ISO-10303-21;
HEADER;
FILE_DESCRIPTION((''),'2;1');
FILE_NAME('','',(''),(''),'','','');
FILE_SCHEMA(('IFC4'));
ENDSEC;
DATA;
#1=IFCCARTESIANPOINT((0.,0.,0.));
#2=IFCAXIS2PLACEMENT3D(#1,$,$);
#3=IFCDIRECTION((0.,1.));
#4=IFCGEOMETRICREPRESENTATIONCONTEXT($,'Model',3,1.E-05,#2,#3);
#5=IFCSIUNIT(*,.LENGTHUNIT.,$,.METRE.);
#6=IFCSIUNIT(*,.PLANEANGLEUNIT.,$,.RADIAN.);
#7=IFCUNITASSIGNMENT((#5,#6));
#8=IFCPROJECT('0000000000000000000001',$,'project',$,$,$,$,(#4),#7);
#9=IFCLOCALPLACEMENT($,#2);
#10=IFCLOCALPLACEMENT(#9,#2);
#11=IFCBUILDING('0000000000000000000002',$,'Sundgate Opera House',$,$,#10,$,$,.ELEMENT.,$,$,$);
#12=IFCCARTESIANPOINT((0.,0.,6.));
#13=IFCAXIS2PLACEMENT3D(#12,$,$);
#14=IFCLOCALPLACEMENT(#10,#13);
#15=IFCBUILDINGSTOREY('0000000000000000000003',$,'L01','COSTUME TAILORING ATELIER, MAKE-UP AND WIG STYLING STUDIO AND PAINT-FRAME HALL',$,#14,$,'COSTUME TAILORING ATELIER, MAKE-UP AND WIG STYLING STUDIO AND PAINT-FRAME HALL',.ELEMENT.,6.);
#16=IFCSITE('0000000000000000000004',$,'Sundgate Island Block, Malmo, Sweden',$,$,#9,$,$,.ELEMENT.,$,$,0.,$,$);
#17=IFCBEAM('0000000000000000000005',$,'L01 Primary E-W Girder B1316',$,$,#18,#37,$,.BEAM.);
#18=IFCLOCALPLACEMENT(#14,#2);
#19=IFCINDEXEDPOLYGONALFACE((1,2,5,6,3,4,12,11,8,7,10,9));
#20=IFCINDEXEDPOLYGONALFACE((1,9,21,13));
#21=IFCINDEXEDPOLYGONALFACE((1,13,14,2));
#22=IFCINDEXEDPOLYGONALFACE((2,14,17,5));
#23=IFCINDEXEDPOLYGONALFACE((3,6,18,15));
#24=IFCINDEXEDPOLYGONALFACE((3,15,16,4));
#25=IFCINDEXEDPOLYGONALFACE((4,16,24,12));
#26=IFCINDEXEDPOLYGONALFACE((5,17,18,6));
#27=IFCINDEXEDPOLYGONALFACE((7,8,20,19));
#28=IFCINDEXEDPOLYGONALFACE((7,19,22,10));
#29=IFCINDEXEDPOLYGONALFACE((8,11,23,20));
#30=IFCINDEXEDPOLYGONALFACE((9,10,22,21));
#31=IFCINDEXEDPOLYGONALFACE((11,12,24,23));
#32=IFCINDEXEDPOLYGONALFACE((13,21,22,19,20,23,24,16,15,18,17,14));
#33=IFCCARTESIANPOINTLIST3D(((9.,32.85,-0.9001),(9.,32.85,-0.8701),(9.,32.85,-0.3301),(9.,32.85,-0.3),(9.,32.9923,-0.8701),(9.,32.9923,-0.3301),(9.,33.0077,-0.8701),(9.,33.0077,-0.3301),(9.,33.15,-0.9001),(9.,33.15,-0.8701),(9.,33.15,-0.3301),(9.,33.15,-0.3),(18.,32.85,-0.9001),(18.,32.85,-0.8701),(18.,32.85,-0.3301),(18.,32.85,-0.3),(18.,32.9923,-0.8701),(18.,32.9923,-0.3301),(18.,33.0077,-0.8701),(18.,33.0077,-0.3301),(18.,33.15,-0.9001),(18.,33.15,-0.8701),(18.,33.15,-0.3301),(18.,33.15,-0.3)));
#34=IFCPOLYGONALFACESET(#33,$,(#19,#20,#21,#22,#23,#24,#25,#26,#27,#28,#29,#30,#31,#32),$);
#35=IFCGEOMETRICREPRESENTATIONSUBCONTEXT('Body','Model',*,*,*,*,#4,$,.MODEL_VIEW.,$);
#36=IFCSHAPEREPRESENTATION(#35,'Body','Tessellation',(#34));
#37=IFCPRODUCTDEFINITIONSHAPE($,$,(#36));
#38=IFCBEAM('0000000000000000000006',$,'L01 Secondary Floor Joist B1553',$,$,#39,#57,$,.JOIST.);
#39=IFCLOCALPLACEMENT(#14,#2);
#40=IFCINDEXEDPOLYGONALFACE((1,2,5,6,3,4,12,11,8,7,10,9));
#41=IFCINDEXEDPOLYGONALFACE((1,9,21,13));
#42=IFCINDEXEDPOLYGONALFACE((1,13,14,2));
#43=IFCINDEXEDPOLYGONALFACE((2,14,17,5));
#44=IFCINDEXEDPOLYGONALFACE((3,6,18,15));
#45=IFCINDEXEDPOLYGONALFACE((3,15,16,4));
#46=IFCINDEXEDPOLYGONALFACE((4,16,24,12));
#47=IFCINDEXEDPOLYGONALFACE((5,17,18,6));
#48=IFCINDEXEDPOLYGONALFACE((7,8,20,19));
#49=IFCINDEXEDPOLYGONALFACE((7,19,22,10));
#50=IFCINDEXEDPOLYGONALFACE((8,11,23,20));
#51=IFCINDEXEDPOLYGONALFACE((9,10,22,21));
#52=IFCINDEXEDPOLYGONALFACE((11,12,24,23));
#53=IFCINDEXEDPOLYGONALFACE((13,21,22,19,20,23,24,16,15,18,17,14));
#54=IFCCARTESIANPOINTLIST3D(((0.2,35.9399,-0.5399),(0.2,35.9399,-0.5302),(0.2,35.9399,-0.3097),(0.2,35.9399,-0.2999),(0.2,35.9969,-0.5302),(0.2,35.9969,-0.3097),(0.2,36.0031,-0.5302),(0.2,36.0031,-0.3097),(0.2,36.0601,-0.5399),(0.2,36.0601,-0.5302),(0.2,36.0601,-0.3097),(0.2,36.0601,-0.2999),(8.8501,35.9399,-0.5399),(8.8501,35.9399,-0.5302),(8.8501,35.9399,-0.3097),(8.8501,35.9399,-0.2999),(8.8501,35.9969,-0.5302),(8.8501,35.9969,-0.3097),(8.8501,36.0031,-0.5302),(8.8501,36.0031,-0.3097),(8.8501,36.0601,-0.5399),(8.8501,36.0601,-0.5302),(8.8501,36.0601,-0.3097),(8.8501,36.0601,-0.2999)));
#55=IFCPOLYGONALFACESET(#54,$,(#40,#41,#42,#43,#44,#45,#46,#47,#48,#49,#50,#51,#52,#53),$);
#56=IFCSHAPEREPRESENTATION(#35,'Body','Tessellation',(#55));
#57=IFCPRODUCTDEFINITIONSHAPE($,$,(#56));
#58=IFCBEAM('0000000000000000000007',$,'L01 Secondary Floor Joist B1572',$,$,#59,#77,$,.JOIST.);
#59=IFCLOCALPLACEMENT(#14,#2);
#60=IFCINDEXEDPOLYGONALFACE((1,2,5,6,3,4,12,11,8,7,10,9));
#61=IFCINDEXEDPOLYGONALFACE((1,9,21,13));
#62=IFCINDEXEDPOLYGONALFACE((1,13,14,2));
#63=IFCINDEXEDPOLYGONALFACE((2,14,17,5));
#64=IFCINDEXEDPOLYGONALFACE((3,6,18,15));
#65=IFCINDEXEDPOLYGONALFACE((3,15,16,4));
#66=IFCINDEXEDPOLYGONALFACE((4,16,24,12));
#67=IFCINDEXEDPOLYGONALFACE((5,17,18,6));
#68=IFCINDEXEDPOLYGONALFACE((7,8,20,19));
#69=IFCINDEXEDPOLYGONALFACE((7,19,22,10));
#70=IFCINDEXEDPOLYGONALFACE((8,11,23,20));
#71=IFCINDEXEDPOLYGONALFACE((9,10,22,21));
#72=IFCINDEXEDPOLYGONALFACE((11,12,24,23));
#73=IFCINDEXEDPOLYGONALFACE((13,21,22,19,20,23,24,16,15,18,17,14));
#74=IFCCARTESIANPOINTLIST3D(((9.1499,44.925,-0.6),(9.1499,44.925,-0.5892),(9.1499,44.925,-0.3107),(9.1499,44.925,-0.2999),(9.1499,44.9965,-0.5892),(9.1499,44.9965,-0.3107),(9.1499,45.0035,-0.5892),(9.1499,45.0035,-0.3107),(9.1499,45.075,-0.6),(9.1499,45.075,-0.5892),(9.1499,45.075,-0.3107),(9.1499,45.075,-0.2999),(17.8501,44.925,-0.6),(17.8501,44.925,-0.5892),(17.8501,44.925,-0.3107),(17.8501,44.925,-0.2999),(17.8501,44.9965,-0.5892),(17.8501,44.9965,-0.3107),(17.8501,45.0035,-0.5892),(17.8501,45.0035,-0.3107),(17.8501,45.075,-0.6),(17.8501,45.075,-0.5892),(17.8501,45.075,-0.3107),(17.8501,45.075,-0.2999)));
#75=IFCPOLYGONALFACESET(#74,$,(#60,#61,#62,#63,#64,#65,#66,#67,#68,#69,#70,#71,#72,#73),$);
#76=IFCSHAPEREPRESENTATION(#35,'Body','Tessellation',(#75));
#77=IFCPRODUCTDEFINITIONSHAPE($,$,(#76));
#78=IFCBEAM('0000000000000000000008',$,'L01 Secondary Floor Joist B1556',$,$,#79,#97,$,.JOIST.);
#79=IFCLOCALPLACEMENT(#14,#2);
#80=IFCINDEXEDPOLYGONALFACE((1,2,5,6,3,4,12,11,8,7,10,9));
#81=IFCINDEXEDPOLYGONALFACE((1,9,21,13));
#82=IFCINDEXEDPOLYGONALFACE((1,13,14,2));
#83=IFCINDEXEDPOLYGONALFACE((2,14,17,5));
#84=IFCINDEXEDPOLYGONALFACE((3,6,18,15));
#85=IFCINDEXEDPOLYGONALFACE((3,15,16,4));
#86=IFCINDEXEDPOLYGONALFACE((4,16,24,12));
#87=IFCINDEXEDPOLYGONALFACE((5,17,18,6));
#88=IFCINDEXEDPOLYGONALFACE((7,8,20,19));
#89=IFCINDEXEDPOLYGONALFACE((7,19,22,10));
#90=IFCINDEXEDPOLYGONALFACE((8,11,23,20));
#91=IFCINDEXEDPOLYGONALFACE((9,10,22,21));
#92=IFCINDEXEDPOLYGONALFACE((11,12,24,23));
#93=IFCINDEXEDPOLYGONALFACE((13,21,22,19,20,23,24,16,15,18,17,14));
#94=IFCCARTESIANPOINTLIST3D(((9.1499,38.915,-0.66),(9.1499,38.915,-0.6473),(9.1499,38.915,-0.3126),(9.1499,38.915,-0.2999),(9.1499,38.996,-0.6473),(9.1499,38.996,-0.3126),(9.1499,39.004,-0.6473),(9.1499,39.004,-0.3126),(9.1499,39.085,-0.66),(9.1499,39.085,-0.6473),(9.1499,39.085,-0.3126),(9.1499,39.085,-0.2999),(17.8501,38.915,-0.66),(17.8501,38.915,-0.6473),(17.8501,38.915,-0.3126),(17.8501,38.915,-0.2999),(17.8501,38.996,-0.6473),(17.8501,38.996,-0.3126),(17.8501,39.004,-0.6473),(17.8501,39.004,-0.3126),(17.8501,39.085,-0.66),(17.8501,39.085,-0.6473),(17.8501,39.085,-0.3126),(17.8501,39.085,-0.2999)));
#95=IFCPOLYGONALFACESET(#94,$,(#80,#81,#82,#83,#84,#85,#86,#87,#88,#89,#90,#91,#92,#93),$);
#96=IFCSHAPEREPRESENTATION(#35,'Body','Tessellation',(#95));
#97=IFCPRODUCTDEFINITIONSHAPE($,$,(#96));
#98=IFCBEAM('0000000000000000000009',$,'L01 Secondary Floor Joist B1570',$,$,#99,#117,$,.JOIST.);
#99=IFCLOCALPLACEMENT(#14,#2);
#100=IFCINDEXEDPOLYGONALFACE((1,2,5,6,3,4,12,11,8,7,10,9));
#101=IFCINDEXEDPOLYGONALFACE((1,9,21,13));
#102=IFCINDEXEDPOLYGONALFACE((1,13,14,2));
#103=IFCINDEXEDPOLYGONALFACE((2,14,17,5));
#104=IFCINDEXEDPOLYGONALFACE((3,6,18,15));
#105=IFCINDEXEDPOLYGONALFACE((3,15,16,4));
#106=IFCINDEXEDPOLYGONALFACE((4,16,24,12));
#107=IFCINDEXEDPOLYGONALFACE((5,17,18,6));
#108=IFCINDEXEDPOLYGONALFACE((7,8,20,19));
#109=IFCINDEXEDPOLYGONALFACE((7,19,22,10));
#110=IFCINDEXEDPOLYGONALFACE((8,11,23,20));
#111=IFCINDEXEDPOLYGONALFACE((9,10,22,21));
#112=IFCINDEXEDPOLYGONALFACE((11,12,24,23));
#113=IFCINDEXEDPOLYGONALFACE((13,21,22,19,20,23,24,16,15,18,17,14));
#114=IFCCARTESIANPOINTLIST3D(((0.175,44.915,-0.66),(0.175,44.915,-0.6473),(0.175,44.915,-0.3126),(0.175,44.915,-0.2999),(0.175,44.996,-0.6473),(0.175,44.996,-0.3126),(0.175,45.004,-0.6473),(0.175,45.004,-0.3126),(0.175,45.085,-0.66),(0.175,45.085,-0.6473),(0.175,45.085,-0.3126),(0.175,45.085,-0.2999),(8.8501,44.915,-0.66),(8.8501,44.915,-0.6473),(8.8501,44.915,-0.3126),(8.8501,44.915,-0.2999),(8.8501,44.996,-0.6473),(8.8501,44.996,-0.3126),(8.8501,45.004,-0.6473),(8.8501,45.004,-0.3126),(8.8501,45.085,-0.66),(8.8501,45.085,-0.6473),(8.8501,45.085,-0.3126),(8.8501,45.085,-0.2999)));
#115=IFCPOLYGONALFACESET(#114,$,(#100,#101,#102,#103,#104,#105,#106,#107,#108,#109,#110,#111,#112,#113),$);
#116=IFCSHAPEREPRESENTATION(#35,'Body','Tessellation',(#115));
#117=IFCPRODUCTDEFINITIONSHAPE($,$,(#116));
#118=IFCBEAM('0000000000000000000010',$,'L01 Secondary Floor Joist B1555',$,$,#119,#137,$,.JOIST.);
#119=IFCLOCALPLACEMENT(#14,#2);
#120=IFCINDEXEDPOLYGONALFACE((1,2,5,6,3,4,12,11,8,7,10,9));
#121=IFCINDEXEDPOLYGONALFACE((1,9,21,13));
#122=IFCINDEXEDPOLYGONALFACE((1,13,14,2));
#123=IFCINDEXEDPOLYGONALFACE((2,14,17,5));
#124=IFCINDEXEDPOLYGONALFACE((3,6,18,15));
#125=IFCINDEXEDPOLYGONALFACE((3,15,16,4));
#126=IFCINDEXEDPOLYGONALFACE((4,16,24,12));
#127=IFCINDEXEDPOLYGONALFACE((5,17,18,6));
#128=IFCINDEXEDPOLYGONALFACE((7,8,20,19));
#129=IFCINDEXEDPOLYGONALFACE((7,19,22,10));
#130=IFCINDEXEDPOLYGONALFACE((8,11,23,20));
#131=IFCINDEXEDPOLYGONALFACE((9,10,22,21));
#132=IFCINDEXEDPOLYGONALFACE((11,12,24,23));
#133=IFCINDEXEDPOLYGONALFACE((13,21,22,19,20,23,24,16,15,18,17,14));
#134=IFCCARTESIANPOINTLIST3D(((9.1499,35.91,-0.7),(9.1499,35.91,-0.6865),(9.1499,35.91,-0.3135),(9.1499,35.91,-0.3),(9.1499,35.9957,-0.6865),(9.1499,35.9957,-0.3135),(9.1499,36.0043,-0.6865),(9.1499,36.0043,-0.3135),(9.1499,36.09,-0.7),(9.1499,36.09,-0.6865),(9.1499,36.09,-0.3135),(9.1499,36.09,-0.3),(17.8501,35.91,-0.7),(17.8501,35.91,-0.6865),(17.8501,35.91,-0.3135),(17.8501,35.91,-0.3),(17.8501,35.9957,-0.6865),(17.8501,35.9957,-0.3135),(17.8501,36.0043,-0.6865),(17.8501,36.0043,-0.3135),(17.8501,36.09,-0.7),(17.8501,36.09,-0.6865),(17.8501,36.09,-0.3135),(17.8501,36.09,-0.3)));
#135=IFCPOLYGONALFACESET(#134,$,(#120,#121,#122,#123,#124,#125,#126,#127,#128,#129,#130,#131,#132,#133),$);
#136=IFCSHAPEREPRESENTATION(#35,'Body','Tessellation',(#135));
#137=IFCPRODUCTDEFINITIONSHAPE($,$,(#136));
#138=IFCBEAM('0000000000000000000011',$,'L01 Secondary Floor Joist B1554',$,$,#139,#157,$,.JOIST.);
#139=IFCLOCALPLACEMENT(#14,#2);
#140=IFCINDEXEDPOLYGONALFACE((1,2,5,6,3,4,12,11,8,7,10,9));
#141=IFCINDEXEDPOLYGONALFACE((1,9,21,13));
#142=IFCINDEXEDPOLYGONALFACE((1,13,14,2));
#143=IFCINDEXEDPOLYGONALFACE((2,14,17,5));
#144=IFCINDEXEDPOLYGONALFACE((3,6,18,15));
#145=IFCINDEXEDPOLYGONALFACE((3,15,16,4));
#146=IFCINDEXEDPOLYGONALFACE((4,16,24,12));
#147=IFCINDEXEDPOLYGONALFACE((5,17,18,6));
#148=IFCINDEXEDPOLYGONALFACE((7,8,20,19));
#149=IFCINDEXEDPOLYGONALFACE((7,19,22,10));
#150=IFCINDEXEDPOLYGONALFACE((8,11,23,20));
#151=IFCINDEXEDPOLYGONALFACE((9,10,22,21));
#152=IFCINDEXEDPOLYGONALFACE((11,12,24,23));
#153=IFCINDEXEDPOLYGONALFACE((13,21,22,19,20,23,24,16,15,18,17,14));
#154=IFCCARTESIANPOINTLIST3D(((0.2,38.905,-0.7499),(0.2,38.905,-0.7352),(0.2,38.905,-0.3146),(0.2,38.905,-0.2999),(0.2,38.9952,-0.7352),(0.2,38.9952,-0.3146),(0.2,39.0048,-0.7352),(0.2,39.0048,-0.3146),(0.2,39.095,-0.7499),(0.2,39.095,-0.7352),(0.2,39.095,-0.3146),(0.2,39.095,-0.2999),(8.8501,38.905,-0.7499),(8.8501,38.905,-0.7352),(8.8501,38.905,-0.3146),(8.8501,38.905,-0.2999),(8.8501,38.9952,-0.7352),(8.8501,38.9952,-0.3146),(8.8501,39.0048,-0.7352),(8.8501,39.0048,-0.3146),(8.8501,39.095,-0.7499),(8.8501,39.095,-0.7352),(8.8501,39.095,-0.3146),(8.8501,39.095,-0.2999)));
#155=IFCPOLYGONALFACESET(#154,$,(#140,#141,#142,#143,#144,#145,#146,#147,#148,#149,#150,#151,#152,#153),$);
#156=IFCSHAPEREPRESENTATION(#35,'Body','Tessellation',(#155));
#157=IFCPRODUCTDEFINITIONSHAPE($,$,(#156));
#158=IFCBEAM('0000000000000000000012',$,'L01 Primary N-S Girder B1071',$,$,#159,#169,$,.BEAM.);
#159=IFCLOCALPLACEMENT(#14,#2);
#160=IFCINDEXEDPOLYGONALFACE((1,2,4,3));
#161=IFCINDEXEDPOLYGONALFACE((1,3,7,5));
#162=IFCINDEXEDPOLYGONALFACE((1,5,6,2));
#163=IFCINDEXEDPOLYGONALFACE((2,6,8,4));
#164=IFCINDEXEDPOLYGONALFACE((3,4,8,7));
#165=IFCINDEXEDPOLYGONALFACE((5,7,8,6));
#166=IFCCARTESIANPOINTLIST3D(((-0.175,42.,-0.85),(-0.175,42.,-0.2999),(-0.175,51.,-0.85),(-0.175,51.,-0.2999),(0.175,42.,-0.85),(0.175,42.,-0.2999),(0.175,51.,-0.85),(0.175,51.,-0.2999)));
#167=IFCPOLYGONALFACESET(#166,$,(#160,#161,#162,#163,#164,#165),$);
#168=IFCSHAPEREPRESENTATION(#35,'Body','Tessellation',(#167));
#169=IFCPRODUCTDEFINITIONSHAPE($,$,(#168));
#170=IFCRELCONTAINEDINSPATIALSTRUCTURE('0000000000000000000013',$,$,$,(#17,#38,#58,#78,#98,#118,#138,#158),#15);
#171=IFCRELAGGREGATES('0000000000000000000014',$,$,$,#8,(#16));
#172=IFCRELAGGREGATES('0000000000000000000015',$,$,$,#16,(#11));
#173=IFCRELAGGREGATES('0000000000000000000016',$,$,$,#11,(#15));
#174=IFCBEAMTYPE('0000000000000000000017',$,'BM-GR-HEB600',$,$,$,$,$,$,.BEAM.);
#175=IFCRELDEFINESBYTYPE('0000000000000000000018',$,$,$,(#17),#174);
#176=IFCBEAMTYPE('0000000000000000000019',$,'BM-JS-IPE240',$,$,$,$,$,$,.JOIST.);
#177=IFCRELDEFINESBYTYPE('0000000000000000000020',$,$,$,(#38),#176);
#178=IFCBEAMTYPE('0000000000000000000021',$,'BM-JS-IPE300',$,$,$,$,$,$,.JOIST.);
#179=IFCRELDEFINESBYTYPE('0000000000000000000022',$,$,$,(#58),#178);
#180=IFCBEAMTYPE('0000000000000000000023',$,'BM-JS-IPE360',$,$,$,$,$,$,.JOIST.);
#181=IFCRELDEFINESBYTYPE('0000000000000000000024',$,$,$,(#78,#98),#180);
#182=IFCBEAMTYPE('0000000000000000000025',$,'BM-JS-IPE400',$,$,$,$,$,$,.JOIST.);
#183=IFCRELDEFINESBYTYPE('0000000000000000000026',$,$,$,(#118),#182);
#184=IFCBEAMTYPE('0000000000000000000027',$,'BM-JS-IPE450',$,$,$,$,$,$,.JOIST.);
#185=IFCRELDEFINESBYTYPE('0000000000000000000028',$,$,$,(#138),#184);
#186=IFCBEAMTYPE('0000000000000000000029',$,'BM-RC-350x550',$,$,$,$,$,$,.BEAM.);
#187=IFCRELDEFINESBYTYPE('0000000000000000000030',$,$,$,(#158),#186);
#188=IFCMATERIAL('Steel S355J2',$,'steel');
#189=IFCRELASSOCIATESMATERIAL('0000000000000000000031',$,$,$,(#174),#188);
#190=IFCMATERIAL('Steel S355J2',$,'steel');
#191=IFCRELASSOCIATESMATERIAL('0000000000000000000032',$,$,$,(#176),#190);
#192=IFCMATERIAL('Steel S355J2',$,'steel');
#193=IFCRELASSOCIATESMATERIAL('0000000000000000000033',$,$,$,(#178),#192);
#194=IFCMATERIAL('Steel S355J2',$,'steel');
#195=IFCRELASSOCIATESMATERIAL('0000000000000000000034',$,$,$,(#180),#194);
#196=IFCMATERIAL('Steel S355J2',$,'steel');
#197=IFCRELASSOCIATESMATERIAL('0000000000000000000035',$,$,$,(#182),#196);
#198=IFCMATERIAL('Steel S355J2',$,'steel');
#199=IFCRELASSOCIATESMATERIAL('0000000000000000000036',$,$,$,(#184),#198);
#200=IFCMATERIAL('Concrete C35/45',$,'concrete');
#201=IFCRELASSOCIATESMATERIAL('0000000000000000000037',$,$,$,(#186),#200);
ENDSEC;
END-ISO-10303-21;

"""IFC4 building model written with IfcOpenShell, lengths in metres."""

from ifc_helpers import new_model, si_unit, direction, frame, origin, origin_2d, place, context, subcontext, project, spatial, rectangle, i_section, extrude, material, material_profile, profile_set, type_object, element, save


model = new_model("IFC4")

# Units and contexts
model_context = context("Model", 3, precision=1e-05, world=origin(), true_north=direction((0.0, 1.0)))
body_context = subcontext(model_context, "Body", "Model", "MODEL_VIEW")
ifc_project = project(units=[si_unit("LENGTHUNIT", "METRE"), si_unit("PLANEANGLEUNIT", "RADIAN")], contexts=[model_context])

# Site, building, storey
site_placement = place(None, origin())
site = spatial("IfcSite", under=ifc_project, at=site_placement, Name="Sundgate Island Block, Malmo, Sweden", CompositionType="ELEMENT", RefElevation=0.0)
building_placement = place(site_placement, origin())
building = spatial("IfcBuilding", under=site, at=building_placement, Name="Sundgate Opera House", CompositionType="ELEMENT")
storey_placement = place(building_placement, frame((0.0, 0.0, 6.0)))
storey = spatial("IfcBuildingStorey", under=building, at=storey_placement, Name="L01", Description="COSTUME TAILORING ATELIER, MAKE-UP AND WIG STYLING STUDIO AND PAINT-FRAME HALL", LongName="COSTUME TAILORING ATELIER, MAKE-UP AND WIG STYLING STUDIO AND PAINT-FRAME HALL", CompositionType="ELEMENT", Elevation=6.0)

# Beams
ifc_material_1 = material(Name="Steel S355J2", Category="steel")
ifc_material_profile_1 = material_profile(ifc_material_1, i_section(OverallWidth=0.3, OverallDepth=0.6001, WebThickness=0.0154, FlangeThickness=0.03, at=origin_2d()), Name="HEB 600")
ifc_profile_set_1 = profile_set([ifc_material_profile_1], Name="Steel S355J2")
beam_type_1 = type_object("IfcBeamType", Name="BM-GR-HEB600", PredefinedType="BEAM", material=ifc_profile_set_1)
for number, where, z_axis, x_axis, name in (
    (1, (9.0, 33.0, -0.6001), (1.0, 0.0, 0.0), (0.0, 1.0, 0.0), "L01 Primary E-W Girder B1316"),
):
    element("IfcBeam", number, at=place(storey_placement, frame(where, z_axis=z_axis, x_axis=x_axis)), inside=storey, type_object=beam_type_1, Name=name, PredefinedType="BEAM", context=body_context, shape_type="SweptSolid", body=[
        extrude(i_section(OverallWidth=0.3, OverallDepth=0.6001, WebThickness=0.0154, FlangeThickness=0.03, at=origin_2d()), origin(), (0.0, 0.0, 1.0), 9.0),
    ])
ifc_material_2 = material(Name="Steel S355J2", Category="steel")
ifc_material_profile_2 = material_profile(ifc_material_2, i_section(OverallWidth=0.1201, OverallDepth=0.24, WebThickness=0.0061, FlangeThickness=0.0098, at=origin_2d()), Name="IPE 240")
ifc_profile_set_2 = profile_set([ifc_material_profile_2], Name="Steel S355J2")
beam_type_2 = type_object("IfcBeamType", Name="BM-JS-IPE240", PredefinedType="JOIST", material=ifc_profile_set_2)
beam_1_placement = place(storey_placement, frame((0.2, 36.0, -0.4199), z_axis=(1.0, 0.0, 0.0), x_axis=(0.0, 1.0, 0.0)))
element("IfcBeam", 2, at=beam_1_placement, inside=storey, type_object=beam_type_2, Name="L01 Secondary Floor Joist B1553", PredefinedType="JOIST", context=body_context, shape_type="SweptSolid", body=[
    extrude(i_section(OverallWidth=0.1201, OverallDepth=0.24, WebThickness=0.0061, FlangeThickness=0.0098, at=origin_2d()), origin(), (0.0, 0.0, 1.0), 8.6501),
])
ifc_material_3 = material(Name="Steel S355J2", Category="steel")
ifc_material_profile_3 = material_profile(ifc_material_3, i_section(OverallWidth=0.1499, OverallDepth=0.3, WebThickness=0.0071, FlangeThickness=0.0107, at=origin_2d()), Name="IPE 300")
ifc_profile_set_3 = profile_set([ifc_material_profile_3], Name="Steel S355J2")
beam_type_3 = type_object("IfcBeamType", Name="BM-JS-IPE300", PredefinedType="JOIST", material=ifc_profile_set_3)
beam_2_placement = place(storey_placement, frame((9.1499, 45.0, -0.45), z_axis=(1.0, 0.0, 0.0), x_axis=(0.0, 1.0, 0.0)))
element("IfcBeam", 3, at=beam_2_placement, inside=storey, type_object=beam_type_3, Name="L01 Secondary Floor Joist B1572", PredefinedType="JOIST", context=body_context, shape_type="SweptSolid", body=[
    extrude(i_section(OverallWidth=0.1499, OverallDepth=0.3, WebThickness=0.0071, FlangeThickness=0.0107, at=origin_2d()), origin(), (0.0, 0.0, 1.0), 8.7002),
])
ifc_material_4 = material(Name="Steel S355J2", Category="steel")
ifc_material_profile_4 = material_profile(ifc_material_4, i_section(OverallWidth=0.1699, OverallDepth=0.3601, WebThickness=0.0081, FlangeThickness=0.0127, at=origin_2d()), Name="IPE 360")
ifc_profile_set_4 = profile_set([ifc_material_profile_4], Name="Steel S355J2")
beam_type_4 = type_object("IfcBeamType", Name="BM-JS-IPE360", PredefinedType="JOIST", material=ifc_profile_set_4)
beam_3_placement = place(storey_placement, frame((9.1499, 39.0, -0.48), z_axis=(1.0, 0.0, 0.0), x_axis=(0.0, 1.0, 0.0)))
element("IfcBeam", 4, at=beam_3_placement, inside=storey, type_object=beam_type_4, Name="L01 Secondary Floor Joist B1556", PredefinedType="JOIST", context=body_context, shape_type="SweptSolid", body=[
    extrude(i_section(OverallWidth=0.1699, OverallDepth=0.3601, WebThickness=0.0081, FlangeThickness=0.0127, at=origin_2d()), origin(), (0.0, 0.0, 1.0), 8.7002),
])
beam_4_placement = place(storey_placement, frame((0.175, 45.0, -0.48), z_axis=(1.0, 0.0, 0.0), x_axis=(0.0, 1.0, 0.0)))
element("IfcBeam", 5, at=beam_4_placement, inside=storey, type_object=beam_type_4, Name="L01 Secondary Floor Joist B1570", PredefinedType="JOIST", context=body_context, shape_type="SweptSolid", body=[
    extrude(i_section(OverallWidth=0.1699, OverallDepth=0.3601, WebThickness=0.0081, FlangeThickness=0.0127, at=origin_2d()), origin(), (0.0, 0.0, 1.0), 8.675),
])
ifc_material_5 = material(Name="Steel S355J2", Category="steel")
ifc_material_profile_5 = material_profile(ifc_material_5, i_section(OverallWidth=0.1799, OverallDepth=0.3999, WebThickness=0.0085, FlangeThickness=0.0134, at=origin_2d()), Name="IPE 400")
ifc_profile_set_5 = profile_set([ifc_material_profile_5], Name="Steel S355J2")
beam_type_5 = type_object("IfcBeamType", Name="BM-JS-IPE400", PredefinedType="JOIST", material=ifc_profile_set_5)
beam_5_placement = place(storey_placement, frame((9.1499, 36.0, -0.5), z_axis=(1.0, 0.0, 0.0), x_axis=(0.0, 1.0, 0.0)))
element("IfcBeam", 6, at=beam_5_placement, inside=storey, type_object=beam_type_5, Name="L01 Secondary Floor Joist B1555", PredefinedType="JOIST", context=body_context, shape_type="SweptSolid", body=[
    extrude(i_section(OverallWidth=0.1799, OverallDepth=0.3999, WebThickness=0.0085, FlangeThickness=0.0134, at=origin_2d()), origin(), (0.0, 0.0, 1.0), 8.7002),
])
ifc_material_6 = material(Name="Steel S355J2", Category="steel")
ifc_material_profile_6 = material_profile(ifc_material_6, i_section(OverallWidth=0.1899, OverallDepth=0.45, WebThickness=0.0095, FlangeThickness=0.0146, at=origin_2d()), Name="IPE 450")
ifc_profile_set_6 = profile_set([ifc_material_profile_6], Name="Steel S355J2")
beam_type_6 = type_object("IfcBeamType", Name="BM-JS-IPE450", PredefinedType="JOIST", material=ifc_profile_set_6)
beam_6_placement = place(storey_placement, frame((0.2, 39.0, -0.5249), z_axis=(1.0, 0.0, 0.0), x_axis=(0.0, 1.0, 0.0)))
element("IfcBeam", 7, at=beam_6_placement, inside=storey, type_object=beam_type_6, Name="L01 Secondary Floor Joist B1554", PredefinedType="JOIST", context=body_context, shape_type="SweptSolid", body=[
    extrude(i_section(OverallWidth=0.1899, OverallDepth=0.45, WebThickness=0.0095, FlangeThickness=0.0146, at=origin_2d()), origin(), (0.0, 0.0, 1.0), 8.6501),
])
ifc_material_7 = material(Name="Concrete C35/45", Category="concrete")
ifc_material_profile_7 = material_profile(ifc_material_7, rectangle(XDim=0.3501, YDim=0.55, at=origin_2d()), Name="RC 350x550")
ifc_profile_set_7 = profile_set([ifc_material_profile_7], Name="Concrete C35/45")
beam_type_7 = type_object("IfcBeamType", Name="BM-RC-350x550", PredefinedType="BEAM", material=ifc_profile_set_7)
beam_7_placement = place(storey_placement, frame((0.0, 42.0, -0.575), z_axis=(0.0, 1.0, 0.0), x_axis=(-1.0, 0.0, 0.0)))
element("IfcBeam", 8, at=beam_7_placement, inside=storey, type_object=beam_type_7, Name="L01 Primary N-S Girder B1071", PredefinedType="BEAM", context=body_context, shape_type="SweptSolid", body=[
    extrude(rectangle(XDim=0.3501, YDim=0.55, at=origin_2d()), origin(), (0.0, 0.0, 1.0), 9.0),
])

save(model, "model.ifc")
